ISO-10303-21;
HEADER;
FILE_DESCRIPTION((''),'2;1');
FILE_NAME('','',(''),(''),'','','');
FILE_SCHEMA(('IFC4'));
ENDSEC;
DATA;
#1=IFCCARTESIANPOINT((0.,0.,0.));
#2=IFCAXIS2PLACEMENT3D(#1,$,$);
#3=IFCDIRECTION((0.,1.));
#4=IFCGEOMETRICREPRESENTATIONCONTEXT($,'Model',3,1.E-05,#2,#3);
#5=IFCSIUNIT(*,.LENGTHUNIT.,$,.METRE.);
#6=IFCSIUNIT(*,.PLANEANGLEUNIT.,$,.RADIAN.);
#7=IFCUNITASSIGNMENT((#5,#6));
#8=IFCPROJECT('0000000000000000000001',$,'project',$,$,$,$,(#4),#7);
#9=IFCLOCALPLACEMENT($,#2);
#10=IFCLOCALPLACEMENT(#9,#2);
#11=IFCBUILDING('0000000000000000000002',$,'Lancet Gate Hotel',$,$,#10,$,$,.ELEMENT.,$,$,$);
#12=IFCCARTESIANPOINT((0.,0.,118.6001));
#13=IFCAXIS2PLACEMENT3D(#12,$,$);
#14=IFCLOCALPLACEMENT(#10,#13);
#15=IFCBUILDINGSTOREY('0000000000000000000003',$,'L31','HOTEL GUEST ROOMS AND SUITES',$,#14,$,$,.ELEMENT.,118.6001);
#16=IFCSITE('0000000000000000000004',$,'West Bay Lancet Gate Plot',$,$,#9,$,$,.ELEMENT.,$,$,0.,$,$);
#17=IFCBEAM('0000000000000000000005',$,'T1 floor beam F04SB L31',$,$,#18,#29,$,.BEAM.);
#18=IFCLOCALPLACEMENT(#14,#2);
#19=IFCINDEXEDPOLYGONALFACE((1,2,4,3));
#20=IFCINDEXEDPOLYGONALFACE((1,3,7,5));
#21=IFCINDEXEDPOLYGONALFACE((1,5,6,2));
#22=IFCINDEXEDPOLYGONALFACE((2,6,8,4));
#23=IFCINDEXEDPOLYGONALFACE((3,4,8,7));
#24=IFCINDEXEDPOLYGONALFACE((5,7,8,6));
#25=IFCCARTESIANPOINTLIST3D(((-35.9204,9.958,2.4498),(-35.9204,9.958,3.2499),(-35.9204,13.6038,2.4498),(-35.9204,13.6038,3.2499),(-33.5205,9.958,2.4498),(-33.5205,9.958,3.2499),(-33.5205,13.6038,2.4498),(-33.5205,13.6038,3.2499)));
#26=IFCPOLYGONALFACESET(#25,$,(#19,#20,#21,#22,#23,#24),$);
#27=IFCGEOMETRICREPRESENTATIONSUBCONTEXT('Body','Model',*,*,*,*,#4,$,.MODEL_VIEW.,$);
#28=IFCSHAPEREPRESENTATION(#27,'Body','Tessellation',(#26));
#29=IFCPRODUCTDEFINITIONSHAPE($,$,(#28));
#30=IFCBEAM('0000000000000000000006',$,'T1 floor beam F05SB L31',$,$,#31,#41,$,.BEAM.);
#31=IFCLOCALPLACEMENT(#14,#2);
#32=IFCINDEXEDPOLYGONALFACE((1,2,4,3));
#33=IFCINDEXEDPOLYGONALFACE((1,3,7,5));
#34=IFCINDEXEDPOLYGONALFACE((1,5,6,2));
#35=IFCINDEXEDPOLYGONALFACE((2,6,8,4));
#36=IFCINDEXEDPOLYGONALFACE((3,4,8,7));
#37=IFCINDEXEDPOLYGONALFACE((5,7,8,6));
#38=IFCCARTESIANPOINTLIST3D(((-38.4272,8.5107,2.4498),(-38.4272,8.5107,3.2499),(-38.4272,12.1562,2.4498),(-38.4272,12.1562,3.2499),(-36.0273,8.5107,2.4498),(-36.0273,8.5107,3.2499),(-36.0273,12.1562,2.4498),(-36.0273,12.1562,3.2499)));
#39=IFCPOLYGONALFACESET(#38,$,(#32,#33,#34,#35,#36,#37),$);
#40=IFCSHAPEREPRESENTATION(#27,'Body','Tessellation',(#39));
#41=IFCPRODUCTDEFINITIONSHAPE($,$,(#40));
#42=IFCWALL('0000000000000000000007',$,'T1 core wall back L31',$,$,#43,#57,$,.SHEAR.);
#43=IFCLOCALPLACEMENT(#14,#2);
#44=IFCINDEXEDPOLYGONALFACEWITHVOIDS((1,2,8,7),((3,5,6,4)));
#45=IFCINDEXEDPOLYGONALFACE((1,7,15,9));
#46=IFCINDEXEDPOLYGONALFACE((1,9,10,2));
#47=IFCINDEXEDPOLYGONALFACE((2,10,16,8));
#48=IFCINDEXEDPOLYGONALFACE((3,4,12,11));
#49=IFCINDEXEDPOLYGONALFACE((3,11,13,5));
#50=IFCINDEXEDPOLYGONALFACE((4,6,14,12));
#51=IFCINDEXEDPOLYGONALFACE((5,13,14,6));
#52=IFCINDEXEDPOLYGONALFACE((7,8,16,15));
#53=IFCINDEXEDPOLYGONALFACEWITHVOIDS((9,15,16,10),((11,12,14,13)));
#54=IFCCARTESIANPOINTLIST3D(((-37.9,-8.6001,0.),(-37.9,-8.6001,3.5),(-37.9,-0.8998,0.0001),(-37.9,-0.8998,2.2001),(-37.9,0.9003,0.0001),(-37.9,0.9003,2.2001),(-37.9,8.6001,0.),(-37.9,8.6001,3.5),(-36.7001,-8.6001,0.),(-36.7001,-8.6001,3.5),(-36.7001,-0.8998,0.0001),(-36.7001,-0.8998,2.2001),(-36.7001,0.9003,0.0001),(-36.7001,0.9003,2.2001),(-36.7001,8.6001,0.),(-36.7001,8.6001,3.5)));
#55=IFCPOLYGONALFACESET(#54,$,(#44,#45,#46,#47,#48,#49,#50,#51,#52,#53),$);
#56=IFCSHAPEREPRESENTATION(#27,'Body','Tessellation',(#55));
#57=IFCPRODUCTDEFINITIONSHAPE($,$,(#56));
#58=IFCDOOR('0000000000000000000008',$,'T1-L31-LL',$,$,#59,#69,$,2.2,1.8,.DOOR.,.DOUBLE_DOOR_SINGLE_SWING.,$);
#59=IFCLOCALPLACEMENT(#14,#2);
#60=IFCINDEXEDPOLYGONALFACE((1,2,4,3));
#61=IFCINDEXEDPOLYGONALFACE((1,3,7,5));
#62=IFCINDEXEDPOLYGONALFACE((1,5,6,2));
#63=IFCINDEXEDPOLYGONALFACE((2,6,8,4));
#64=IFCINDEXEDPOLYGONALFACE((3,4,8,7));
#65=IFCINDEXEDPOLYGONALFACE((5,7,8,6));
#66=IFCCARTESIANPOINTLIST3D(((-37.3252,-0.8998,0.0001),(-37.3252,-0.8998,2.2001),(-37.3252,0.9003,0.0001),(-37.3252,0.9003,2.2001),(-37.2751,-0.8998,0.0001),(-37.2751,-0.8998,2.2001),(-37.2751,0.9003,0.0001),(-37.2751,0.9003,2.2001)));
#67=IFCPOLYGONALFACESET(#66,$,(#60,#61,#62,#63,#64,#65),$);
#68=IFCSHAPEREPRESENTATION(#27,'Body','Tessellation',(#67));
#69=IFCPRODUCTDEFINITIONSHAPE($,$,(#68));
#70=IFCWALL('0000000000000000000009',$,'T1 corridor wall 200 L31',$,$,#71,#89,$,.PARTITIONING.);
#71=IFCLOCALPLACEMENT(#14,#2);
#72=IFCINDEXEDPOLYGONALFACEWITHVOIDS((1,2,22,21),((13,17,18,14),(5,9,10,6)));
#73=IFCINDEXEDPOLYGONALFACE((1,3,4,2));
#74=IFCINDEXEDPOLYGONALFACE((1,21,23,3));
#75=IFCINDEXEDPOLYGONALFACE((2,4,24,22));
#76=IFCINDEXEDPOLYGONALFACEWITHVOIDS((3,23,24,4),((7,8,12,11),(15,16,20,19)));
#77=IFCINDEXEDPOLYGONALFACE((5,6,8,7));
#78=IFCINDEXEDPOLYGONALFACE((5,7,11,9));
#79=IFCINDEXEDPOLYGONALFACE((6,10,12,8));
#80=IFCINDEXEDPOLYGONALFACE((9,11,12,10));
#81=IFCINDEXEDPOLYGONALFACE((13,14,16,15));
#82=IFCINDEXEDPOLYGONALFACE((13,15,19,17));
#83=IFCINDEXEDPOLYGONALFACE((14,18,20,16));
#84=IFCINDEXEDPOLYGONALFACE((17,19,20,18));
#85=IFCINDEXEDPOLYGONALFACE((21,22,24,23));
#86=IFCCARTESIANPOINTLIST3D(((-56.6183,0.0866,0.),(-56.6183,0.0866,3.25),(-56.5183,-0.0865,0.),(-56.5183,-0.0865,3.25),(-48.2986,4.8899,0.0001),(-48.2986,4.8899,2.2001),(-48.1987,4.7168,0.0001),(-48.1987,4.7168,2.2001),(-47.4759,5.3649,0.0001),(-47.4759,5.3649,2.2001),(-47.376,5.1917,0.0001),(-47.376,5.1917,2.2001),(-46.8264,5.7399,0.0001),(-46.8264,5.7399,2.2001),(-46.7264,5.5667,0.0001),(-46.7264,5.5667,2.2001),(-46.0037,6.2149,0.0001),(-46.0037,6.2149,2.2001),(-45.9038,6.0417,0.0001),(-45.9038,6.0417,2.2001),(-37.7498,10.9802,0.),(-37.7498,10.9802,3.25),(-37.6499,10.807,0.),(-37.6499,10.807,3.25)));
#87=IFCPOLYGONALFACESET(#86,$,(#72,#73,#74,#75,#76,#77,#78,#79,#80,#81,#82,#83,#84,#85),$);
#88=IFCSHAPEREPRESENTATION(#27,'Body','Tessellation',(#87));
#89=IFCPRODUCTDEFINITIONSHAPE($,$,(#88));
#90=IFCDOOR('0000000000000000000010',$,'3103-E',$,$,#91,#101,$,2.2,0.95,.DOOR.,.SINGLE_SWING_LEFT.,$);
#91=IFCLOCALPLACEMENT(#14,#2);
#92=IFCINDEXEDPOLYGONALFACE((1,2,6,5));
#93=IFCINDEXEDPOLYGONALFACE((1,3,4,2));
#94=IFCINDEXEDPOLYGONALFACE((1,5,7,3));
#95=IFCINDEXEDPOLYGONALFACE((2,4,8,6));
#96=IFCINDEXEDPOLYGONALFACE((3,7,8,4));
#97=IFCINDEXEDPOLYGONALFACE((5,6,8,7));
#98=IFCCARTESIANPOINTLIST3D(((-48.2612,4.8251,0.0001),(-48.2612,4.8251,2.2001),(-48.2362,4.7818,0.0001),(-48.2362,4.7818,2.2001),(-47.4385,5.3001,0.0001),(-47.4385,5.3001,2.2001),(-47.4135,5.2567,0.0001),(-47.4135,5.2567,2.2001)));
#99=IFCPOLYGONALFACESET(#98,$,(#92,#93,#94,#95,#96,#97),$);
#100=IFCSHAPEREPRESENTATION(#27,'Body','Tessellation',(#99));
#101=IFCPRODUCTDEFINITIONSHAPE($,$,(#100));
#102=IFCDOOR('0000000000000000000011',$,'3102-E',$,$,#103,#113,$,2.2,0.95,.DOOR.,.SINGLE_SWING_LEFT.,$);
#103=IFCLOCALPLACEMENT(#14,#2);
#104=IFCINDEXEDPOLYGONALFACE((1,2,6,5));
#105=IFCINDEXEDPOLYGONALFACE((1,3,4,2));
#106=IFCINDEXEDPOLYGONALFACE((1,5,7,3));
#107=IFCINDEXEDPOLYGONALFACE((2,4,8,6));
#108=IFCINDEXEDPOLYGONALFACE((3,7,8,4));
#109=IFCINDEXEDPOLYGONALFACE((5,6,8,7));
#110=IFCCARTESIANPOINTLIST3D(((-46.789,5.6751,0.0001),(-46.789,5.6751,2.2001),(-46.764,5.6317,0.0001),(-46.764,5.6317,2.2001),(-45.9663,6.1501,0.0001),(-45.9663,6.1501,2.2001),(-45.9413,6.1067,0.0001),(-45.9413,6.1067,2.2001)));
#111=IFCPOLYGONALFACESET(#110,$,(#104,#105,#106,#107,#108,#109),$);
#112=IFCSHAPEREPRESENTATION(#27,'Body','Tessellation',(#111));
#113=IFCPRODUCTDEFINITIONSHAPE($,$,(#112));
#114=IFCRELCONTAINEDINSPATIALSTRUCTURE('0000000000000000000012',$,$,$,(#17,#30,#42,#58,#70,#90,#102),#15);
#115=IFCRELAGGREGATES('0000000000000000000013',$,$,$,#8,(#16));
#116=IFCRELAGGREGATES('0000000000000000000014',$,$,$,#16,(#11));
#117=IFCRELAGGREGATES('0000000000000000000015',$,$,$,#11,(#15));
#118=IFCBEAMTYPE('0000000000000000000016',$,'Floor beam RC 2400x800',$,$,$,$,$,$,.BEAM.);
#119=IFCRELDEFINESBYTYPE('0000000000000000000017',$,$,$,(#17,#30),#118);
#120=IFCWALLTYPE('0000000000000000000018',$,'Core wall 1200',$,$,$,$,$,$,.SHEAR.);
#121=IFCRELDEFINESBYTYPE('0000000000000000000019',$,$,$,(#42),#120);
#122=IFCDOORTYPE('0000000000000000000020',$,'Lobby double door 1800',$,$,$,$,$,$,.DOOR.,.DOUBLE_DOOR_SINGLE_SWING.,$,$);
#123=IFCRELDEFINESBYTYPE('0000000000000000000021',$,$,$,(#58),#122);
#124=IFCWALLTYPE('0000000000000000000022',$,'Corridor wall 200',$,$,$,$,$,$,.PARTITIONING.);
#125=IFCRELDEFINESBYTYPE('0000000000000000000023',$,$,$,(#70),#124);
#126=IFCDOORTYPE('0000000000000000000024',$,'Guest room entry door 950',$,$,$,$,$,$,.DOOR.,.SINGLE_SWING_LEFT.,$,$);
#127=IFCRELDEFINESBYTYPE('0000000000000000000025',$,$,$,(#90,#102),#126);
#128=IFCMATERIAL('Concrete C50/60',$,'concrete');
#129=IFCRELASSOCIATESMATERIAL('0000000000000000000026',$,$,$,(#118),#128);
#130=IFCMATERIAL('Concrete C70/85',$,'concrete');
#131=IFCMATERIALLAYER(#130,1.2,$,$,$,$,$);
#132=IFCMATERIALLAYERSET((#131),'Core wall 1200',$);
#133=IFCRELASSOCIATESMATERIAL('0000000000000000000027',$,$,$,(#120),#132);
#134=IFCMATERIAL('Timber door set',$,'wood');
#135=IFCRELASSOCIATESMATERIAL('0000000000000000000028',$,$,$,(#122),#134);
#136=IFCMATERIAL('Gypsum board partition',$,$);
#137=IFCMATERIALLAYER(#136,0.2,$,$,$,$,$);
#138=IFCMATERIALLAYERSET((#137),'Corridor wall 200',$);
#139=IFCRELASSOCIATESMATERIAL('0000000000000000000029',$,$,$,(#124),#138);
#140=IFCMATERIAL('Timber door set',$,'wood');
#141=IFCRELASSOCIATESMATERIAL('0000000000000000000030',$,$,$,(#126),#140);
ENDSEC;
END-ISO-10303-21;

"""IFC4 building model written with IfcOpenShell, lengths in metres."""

from ifc_helpers import new_model, si_unit, direction, frame, frame_2d, origin, origin_2d, place, context, subcontext, project, spatial, rectangle, extrude, material, layer, layer_set, material_profile, profile_set, type_object, element, fill, save


model = new_model("IFC4")

# Units and contexts
model_context = context("Model", 3, precision=1e-05, world=origin(), true_north=direction((0.0, 1.0)))
body_context = subcontext(model_context, "Body", "Model", "MODEL_VIEW")
ifc_project = project(units=[si_unit("LENGTHUNIT", "METRE"), si_unit("PLANEANGLEUNIT", "RADIAN")], contexts=[model_context])

# Site, building, storey
site_placement = place(None, origin())
site = spatial("IfcSite", under=ifc_project, at=site_placement, Name="West Bay Lancet Gate Plot", CompositionType="ELEMENT", RefElevation=0.0)
building_placement = place(site_placement, origin())
building = spatial("IfcBuilding", under=site, at=building_placement, Name="Lancet Gate Hotel", CompositionType="ELEMENT")
storey_placement = place(building_placement, frame((0.0, 0.0, 118.6001)))
storey = spatial("IfcBuildingStorey", under=building, at=storey_placement, Name="L31", Description="HOTEL GUEST ROOMS AND SUITES", CompositionType="ELEMENT", Elevation=118.6001)

# Beams
ifc_material_1 = material(Name="Concrete C50/60", Category="concrete")
ifc_material_profile = material_profile(ifc_material_1, rectangle(XDim=2.3999, YDim=0.8, at=origin_2d()), Name="RC 2400x800")
ifc_profile_set = profile_set([ifc_material_profile], Name="Concrete C50/60")
beam_type = type_object("IfcBeamType", Name="Floor beam RC 2400x800", PredefinedType="BEAM", material=ifc_profile_set)
beam_1_placement = place(storey_placement, frame((-34.7205, 13.6038, 2.8499), z_axis=(0.0, -1.0, 0.0), x_axis=(1.0, 0.0, 0.0)))
element("IfcBeam", 1, at=beam_1_placement, inside=storey, type_object=beam_type, Name="T1 floor beam F04SB L31", PredefinedType="BEAM", context=body_context, shape_type="SweptSolid", body=[
    extrude(rectangle(XDim=2.3999, YDim=0.8, at=origin_2d()), origin(), (0.0, 0.0, 1.0), 3.6458),
])
beam_2_placement = place(storey_placement, frame((-37.2273, 12.1562, 2.8499), z_axis=(0.0, -1.0, 0.0), x_axis=(1.0, 0.0, 0.0)))
element("IfcBeam", 2, at=beam_2_placement, inside=storey, type_object=beam_type, Name="T1 floor beam F05SB L31", PredefinedType="BEAM", context=body_context, shape_type="SweptSolid", body=[
    extrude(rectangle(XDim=2.3999, YDim=0.8, at=origin_2d()), origin(), (0.0, 0.0, 1.0), 3.6455),
])

# Wall, opening, door
ifc_material_2 = material(Name="Concrete C70/85", Category="concrete")
ifc_layer_1 = layer(ifc_material_2, 1.2)
ifc_layer_set_1 = layer_set([ifc_layer_1], Name="Core wall 1200")
wall_type_1 = type_object("IfcWallType", Name="Core wall 1200", PredefinedType="SHEAR", material=ifc_layer_set_1)
wall_1_placement = place(storey_placement, frame((-37.3, 8.6001, 0.0), z_axis=(0.0, 0.0, 1.0), x_axis=(0.0, -1.0, 0.0)))
wall_1 = element("IfcWall", 3, at=wall_1_placement, inside=storey, type_object=wall_type_1, Name="T1 core wall back L31", PredefinedType="SHEAR", context=body_context, shape_type="SweptSolid", body=[
    extrude(rectangle(XDim=17.2002, YDim=1.2, at=frame_2d((8.6001, 0.0))), origin(), (0.0, 0.0, 1.0), 3.5),
])
opening_1_placement = place(wall_1_placement, frame((7.7, 0.0, 0.0)))
opening_1 = element("IfcOpeningElement", 4, at=opening_1_placement, cuts=wall_1, PredefinedType="OPENING", context=body_context, shape_type="SweptSolid", body=[
    extrude(rectangle(XDim=1.8, YDim=2.2, at=frame_2d((0.8999, 1.1001))), frame((0.0, 0.6099, 0.0), z_axis=(0.0, -1.0, 0.0), x_axis=(1.0, 0.0, 0.0)), (0.0, 0.0, 1.0), 1.22),
])
ifc_material_3 = material(Name="Timber door set", Category="wood")
door_type_1 = type_object("IfcDoorType", Name="Lobby double door 1800", OperationType="DOUBLE_DOOR_SINGLE_SWING", PredefinedType="DOOR", material=ifc_material_3)
door_1_placement = place(opening_1_placement, origin())
door_1 = element("IfcDoor", 5, at=door_1_placement, inside=storey, type_object=door_type_1, Name="T1-L31-LL", OperationType="DOUBLE_DOOR_SINGLE_SWING", OverallHeight=2.2, OverallWidth=1.8, PredefinedType="DOOR", context=body_context, shape_type="SweptSolid", body=[
    extrude(rectangle(XDim=1.8, YDim=2.2, at=frame_2d((0.8999, 1.1001))), frame((0.0, 0.0249, 0.0), z_axis=(0.0, -1.0, 0.0), x_axis=(1.0, 0.0, 0.0)), (0.0, 0.0, 1.0), 0.05),
])
fill(opening_1, door_1)

# Wall, openings, doors
ifc_material_4 = material(Name="Gypsum board partition")
ifc_layer_2 = layer(ifc_material_4, 0.2)
ifc_layer_set_2 = layer_set([ifc_layer_2], Name="Corridor wall 200")
wall_type_2 = type_object("IfcWallType", Name="Corridor wall 200", PredefinedType="PARTITIONING", material=ifc_layer_set_2)
wall_2_placement = place(storey_placement, frame((-37.7, 10.8936, 0.0), z_axis=(0.0, 0.0, 1.0), x_axis=(-0.866028, -0.499996, 0.0)))
wall_2 = element("IfcWall", 6, at=wall_2_placement, inside=storey, type_object=wall_type_2, Name="T1 corridor wall 200 L31", PredefinedType="PARTITIONING", context=body_context, shape_type="SweptSolid", body=[
    extrude(rectangle(XDim=21.7874, YDim=0.2, at=frame_2d((10.8936, 0.0))), origin(), (0.0, 0.0, 1.0), 3.25),
])
opening_2_placement = place(wall_2_placement, frame((11.2305, 0.0, 0.0)))
opening_2 = element("IfcOpeningElement", 7, at=opening_2_placement, cuts=wall_2, PredefinedType="OPENING", context=body_context, shape_type="SweptSolid", body=[
    extrude(rectangle(XDim=0.95, YDim=2.2, at=frame_2d((0.4751, 1.1001))), frame((0.0, 0.1099, 0.0), z_axis=(0.0, -1.0, 0.0), x_axis=(1.0, 0.0, 0.0)), (0.0, 0.0, 1.0), 0.22),
])
opening_3_placement = place(wall_2_placement, frame((9.5305, 0.0, 0.0)))
opening_3 = element("IfcOpeningElement", 8, at=opening_3_placement, cuts=wall_2, PredefinedType="OPENING", context=body_context, shape_type="SweptSolid", body=[
    extrude(rectangle(XDim=0.95, YDim=2.2, at=frame_2d((0.4751, 1.1001))), frame((0.0, 0.1099, 0.0), z_axis=(0.0, -1.0, 0.0), x_axis=(1.0, 0.0, 0.0)), (0.0, 0.0, 1.0), 0.22),
])
ifc_material_5 = material(Name="Timber door set", Category="wood")
door_type_2 = type_object("IfcDoorType", Name="Guest room entry door 950", OperationType="SINGLE_SWING_LEFT", PredefinedType="DOOR", material=ifc_material_5)
door_2_placement = place(opening_2_placement, origin())
door_2 = element("IfcDoor", 9, at=door_2_placement, inside=storey, type_object=door_type_2, Name="3103-E", OperationType="SINGLE_SWING_LEFT", OverallHeight=2.2, OverallWidth=0.95, PredefinedType="DOOR", context=body_context, shape_type="SweptSolid", body=[
    extrude(rectangle(XDim=0.95, YDim=2.2, at=frame_2d((0.4751, 1.1001))), frame((0.0, 0.0249, 0.0), z_axis=(0.0, -1.0, 0.0), x_axis=(1.0, 0.0, 0.0)), (0.0, 0.0, 1.0), 0.05),
])
fill(opening_2, door_2)
door_3_placement = place(opening_3_placement, origin())
door_3 = element("IfcDoor", 10, at=door_3_placement, inside=storey, type_object=door_type_2, Name="3102-E", OperationType="SINGLE_SWING_LEFT", OverallHeight=2.2, OverallWidth=0.95, PredefinedType="DOOR", context=body_context, shape_type="SweptSolid", body=[
    extrude(rectangle(XDim=0.95, YDim=2.2, at=frame_2d((0.4751, 1.1001))), frame((0.0, 0.0249, 0.0), z_axis=(0.0, -1.0, 0.0), x_axis=(1.0, 0.0, 0.0)), (0.0, 0.0, 1.0), 0.05),
])
fill(opening_3, door_3)

save(model, "model.ifc")
